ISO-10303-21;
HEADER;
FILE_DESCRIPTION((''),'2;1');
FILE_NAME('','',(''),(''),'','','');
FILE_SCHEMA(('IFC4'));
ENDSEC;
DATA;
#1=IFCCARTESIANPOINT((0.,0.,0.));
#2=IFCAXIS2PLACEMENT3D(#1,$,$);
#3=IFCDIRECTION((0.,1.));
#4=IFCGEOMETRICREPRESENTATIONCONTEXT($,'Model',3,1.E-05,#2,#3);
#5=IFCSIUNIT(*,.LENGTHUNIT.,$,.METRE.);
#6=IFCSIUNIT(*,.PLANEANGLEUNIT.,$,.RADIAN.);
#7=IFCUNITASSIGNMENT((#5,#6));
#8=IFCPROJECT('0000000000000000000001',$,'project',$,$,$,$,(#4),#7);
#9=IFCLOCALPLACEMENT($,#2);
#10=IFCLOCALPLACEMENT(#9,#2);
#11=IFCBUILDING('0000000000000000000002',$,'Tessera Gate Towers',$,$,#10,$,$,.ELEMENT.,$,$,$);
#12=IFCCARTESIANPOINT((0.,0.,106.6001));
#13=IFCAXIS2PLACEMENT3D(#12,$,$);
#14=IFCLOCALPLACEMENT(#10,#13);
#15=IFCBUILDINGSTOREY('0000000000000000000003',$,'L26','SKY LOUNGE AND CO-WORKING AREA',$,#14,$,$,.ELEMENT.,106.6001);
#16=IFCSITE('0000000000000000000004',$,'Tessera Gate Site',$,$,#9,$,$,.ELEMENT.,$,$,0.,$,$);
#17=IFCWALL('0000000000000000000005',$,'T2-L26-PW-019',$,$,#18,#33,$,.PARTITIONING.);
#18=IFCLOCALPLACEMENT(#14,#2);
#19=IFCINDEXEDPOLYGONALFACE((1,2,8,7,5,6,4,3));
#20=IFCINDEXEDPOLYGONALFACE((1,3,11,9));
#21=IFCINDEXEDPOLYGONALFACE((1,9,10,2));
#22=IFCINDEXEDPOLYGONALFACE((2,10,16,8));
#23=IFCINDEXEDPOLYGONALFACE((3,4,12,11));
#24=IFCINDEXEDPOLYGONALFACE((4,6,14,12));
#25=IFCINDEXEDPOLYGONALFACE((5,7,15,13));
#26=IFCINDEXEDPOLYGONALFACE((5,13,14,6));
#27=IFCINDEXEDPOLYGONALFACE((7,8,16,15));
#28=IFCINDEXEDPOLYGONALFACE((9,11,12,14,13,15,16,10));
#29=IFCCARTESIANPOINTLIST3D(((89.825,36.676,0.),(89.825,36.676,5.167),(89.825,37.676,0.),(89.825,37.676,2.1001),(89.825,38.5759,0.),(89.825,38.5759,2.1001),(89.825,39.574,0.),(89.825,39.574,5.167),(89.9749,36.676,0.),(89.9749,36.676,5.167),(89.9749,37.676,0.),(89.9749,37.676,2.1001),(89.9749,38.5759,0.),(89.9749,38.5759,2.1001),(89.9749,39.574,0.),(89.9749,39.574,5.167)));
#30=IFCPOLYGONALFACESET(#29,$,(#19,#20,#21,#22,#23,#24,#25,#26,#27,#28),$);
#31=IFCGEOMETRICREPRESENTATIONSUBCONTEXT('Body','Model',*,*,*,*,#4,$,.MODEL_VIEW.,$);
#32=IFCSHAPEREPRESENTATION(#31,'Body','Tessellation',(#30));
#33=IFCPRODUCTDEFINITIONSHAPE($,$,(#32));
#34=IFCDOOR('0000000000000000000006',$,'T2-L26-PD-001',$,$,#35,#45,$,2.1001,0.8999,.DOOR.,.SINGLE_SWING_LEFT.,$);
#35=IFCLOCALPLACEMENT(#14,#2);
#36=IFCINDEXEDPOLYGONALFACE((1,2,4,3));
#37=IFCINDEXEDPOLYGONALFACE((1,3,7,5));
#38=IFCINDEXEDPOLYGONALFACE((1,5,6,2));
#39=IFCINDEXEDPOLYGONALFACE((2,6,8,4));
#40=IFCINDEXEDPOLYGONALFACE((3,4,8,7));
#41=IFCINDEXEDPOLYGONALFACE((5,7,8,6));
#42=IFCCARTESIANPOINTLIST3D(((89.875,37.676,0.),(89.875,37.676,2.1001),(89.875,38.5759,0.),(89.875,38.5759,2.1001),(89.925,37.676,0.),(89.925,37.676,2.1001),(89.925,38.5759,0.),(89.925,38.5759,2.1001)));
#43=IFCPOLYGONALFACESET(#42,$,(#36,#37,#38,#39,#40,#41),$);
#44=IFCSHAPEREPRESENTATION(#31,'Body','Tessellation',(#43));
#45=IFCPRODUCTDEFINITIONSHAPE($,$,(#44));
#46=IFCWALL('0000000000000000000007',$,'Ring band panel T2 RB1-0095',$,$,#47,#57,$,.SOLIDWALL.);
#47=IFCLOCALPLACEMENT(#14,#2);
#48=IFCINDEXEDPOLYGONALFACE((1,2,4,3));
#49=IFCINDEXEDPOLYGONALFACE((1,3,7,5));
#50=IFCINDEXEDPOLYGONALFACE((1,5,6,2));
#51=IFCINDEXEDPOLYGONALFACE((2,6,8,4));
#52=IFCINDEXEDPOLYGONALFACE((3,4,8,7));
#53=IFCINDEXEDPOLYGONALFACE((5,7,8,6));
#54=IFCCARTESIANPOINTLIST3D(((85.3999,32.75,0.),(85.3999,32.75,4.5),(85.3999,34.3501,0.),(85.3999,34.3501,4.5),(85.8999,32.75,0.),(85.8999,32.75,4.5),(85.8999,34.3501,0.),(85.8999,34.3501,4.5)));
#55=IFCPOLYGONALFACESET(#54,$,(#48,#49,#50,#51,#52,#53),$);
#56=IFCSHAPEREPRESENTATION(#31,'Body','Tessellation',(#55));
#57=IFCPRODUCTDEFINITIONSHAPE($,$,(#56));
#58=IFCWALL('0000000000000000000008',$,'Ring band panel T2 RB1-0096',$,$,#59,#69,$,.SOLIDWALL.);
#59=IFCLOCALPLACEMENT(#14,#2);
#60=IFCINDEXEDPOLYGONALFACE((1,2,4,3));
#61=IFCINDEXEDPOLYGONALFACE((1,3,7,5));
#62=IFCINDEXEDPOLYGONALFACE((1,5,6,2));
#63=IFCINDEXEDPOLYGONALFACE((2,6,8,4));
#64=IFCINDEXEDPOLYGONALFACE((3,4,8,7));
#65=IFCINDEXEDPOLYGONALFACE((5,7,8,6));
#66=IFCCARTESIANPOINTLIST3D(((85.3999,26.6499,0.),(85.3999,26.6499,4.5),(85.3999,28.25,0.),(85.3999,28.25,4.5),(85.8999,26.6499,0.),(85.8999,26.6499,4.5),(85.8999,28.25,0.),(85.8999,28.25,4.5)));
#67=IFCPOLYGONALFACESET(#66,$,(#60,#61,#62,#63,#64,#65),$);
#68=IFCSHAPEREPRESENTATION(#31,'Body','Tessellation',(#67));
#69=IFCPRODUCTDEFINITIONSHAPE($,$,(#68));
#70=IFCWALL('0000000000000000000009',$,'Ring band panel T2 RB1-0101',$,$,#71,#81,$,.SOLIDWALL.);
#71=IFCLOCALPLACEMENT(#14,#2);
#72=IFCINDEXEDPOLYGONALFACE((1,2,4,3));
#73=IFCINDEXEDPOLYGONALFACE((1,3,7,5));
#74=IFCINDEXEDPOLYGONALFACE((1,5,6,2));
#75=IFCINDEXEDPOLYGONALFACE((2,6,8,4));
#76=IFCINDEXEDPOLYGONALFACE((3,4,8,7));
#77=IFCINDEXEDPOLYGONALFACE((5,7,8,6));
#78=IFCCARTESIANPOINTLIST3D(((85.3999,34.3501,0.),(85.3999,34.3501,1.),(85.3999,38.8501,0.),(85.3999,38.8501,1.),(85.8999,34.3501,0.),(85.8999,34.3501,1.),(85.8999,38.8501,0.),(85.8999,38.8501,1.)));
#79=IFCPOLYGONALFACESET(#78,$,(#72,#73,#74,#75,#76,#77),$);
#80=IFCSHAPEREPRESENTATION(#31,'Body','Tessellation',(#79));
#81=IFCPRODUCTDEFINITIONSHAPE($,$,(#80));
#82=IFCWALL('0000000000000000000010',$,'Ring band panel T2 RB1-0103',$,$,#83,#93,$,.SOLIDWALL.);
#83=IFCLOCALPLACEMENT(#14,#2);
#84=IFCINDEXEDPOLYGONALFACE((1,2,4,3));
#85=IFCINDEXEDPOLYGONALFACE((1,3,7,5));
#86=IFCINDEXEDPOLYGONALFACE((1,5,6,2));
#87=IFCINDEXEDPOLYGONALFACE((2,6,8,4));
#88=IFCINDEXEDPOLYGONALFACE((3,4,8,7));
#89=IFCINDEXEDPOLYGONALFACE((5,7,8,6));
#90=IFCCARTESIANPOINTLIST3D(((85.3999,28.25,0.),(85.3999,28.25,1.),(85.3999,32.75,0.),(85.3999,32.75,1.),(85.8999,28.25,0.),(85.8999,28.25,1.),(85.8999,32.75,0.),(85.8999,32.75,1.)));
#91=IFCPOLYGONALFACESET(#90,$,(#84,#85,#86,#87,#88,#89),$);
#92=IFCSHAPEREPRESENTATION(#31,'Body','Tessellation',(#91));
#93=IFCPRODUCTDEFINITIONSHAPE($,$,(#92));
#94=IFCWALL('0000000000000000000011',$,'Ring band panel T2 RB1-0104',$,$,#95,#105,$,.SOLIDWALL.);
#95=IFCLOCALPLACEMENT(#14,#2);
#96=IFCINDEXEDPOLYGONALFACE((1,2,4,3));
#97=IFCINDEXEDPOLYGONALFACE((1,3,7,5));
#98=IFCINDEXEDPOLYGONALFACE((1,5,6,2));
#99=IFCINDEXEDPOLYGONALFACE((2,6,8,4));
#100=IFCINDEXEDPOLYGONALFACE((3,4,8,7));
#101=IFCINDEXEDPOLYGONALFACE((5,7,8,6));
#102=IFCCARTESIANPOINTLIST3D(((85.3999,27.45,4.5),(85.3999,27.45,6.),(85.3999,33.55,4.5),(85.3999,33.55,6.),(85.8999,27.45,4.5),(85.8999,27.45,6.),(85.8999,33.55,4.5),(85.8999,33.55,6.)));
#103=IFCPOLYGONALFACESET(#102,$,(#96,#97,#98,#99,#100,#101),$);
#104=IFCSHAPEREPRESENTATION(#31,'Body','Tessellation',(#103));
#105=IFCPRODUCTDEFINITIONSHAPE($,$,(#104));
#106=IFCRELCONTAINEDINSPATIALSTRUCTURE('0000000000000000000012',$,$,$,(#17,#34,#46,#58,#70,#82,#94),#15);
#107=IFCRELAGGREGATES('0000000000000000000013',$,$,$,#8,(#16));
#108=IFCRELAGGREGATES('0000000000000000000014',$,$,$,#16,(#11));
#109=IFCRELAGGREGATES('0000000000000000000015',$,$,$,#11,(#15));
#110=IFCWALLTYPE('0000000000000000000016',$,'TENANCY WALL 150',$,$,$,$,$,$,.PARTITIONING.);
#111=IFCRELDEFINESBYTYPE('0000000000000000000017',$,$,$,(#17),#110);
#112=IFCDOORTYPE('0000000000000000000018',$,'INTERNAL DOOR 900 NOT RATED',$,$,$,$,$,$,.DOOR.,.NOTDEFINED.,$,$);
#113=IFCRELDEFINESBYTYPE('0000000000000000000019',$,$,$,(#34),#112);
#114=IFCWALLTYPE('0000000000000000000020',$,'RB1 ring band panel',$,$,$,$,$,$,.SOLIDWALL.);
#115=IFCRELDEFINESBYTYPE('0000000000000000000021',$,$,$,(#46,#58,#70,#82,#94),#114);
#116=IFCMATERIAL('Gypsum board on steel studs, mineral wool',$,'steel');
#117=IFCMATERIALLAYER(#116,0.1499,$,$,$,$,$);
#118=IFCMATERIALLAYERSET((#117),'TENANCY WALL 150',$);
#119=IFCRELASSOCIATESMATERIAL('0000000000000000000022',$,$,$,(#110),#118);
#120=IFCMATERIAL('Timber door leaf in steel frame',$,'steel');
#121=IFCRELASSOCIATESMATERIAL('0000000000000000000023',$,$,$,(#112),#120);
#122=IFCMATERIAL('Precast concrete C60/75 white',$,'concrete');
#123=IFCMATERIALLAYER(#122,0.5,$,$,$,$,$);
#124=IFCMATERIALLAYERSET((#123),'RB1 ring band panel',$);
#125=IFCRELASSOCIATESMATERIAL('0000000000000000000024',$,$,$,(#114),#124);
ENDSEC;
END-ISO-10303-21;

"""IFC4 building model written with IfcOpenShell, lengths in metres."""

from ifc_helpers import new_model, si_unit, direction, frame, frame_2d, origin, place, context, subcontext, project, spatial, polyline, rectangle, outline, extrude, source, transform, mapped, material, layer, layer_set, type_object, element, fill, save


model = new_model("IFC4")

# Units and contexts
model_context = context("Model", 3, precision=1e-05, world=origin(), true_north=direction((0.0, 1.0)))
body_context = subcontext(model_context, "Body", "Model", "MODEL_VIEW")
ifc_project = project(units=[si_unit("LENGTHUNIT", "METRE"), si_unit("PLANEANGLEUNIT", "RADIAN")], contexts=[model_context])

# Site, building, storey
site_placement = place(None, origin())
site = spatial("IfcSite", under=ifc_project, at=site_placement, Name="Tessera Gate Site", CompositionType="ELEMENT", RefElevation=0.0)
building_placement = place(site_placement, origin())
building = spatial("IfcBuilding", under=site, at=building_placement, Name="Tessera Gate Towers", CompositionType="ELEMENT")
storey_placement = place(building_placement, frame((0.0, 0.0, 106.6001)))
storey = spatial("IfcBuildingStorey", under=building, at=storey_placement, Name="L26", Description="SKY LOUNGE AND CO-WORKING AREA", CompositionType="ELEMENT", Elevation=106.6001)

# Wall, opening, door
ifc_material_1 = material(Name="Gypsum board on steel studs, mineral wool", Category="steel")
ifc_layer_1 = layer(ifc_material_1, 0.1499)
ifc_layer_set_1 = layer_set([ifc_layer_1], Name="TENANCY WALL 150")
wall_type_1 = type_object("IfcWallType", Name="TENANCY WALL 150", PredefinedType="PARTITIONING", material=ifc_layer_set_1)
wall_1_placement = place(storey_placement, frame((89.8999, 36.676, 0.0), z_axis=(0.0, 0.0, 1.0), x_axis=(0.0, 1.0, 0.0)))
wall_1 = element("IfcWall", 1, at=wall_1_placement, inside=storey, type_object=wall_type_1, Name="T2-L26-PW-019", PredefinedType="PARTITIONING", context=body_context, shape_type="SweptSolid", body=[
    extrude(rectangle(XDim=2.8979, YDim=0.1499, at=frame_2d((1.449, 0.0))), origin(), (0.0, 0.0, 1.0), 5.167),
])
shared_shape_1 = source(origin(), body_context, "Body", "SweptSolid", [
    extrude(rectangle(XDim=0.8999, YDim=2.1001, at=frame_2d((0.45, 1.05))), frame((0.0, 0.085, 0.0), z_axis=(0.0, -1.0, 0.0), x_axis=(1.0, 0.0, 0.0)), (0.0, 0.0, 1.0), 0.1699),
])
opening_placement = place(wall_1_placement, frame((1.0, 0.0, 0.0)))
opening = element("IfcOpeningElement", 2, at=opening_placement, cuts=wall_1, PredefinedType="OPENING", context=body_context, shape_type="MappedRepresentation", body=[
    mapped(shared_shape_1, transform((0.0, 0.0, 0.0), scale=1.0)),
])
ifc_material_2 = material(Name="Timber door leaf in steel frame", Category="steel")
door_type = type_object("IfcDoorType", Name="INTERNAL DOOR 900 NOT RATED", OperationType="NOTDEFINED", PredefinedType="DOOR", material=ifc_material_2)
shared_shape_2 = source(origin(), body_context, "Body", "SweptSolid", [
    extrude(rectangle(XDim=0.8999, YDim=2.1001, at=frame_2d((0.45, 1.05))), frame((0.0, 0.0249, 0.0), z_axis=(0.0, -1.0, 0.0), x_axis=(1.0, 0.0, 0.0)), (0.0, 0.0, 1.0), 0.05),
])
door_placement = place(opening_placement, origin())
door = element("IfcDoor", 3, at=door_placement, inside=storey, type_object=door_type, Name="T2-L26-PD-001", OperationType="SINGLE_SWING_LEFT", OverallHeight=2.1001, OverallWidth=0.8999, PredefinedType="DOOR", context=body_context, shape_type="MappedRepresentation", body=[
    mapped(shared_shape_2, transform((0.0, 0.0, 0.0), scale=1.0)),
])
fill(opening, door)

# Walls
ifc_material_3 = material(Name="Precast concrete C60/75 white", Category="concrete")
ifc_layer_2 = layer(ifc_material_3, 0.5)
ifc_layer_set_2 = layer_set([ifc_layer_2], Name="RB1 ring band panel")
wall_type_2 = type_object("IfcWallType", Name="RB1 ring band panel", PredefinedType="SOLIDWALL", material=ifc_layer_set_2)
shared_shape_3 = source(origin(), body_context, "Body", "SweptSolid", [
    extrude(outline(polyline([(0.0, 0.0), (1.6001, 0.0), (1.6001, 4.5), (0.0, 4.5), (0.0, 0.0)])), frame((0.0, 0.25, 0.0), z_axis=(0.0, -1.0, 0.0), x_axis=(1.0, 0.0, 0.0)), (0.0, 0.0, 1.0), 0.5),
])
for number, where, z_axis, x_axis, name in (
    (4, (85.6499, 34.3501, 0.0), (0.0, 0.0, 1.0), (0.0, -1.0, 0.0), "Ring band panel T2 RB1-0095"),
    (5, (85.6499, 28.25, 0.0), (0.0, 0.0, 1.0), (0.0, -1.0, 0.0), "Ring band panel T2 RB1-0096"),
):
    element("IfcWall", number, at=place(storey_placement, frame(where, z_axis=z_axis, x_axis=x_axis)), inside=storey, type_object=wall_type_2, Name=name, PredefinedType="SOLIDWALL", context=body_context, shape_type="MappedRepresentation", body=[
        mapped(shared_shape_3, transform((0.0, 0.0, 0.0), scale=1.0)),
    ])
shared_shape_4 = source(origin(), body_context, "Body", "SweptSolid", [
    extrude(outline(polyline([(0.0, 0.0), (4.5, 0.0), (4.5, 1.0), (0.0, 1.0), (0.0, 0.0)])), frame((0.0, 0.25, 0.0), z_axis=(0.0, -1.0, 0.0), x_axis=(1.0, 0.0, 0.0)), (0.0, 0.0, 1.0), 0.5),
])
for number, where, z_axis, x_axis, name in (
    (6, (85.6499, 38.8501, 0.0), (0.0, 0.0, 1.0), (0.0, -1.0, 0.0), "Ring band panel T2 RB1-0101"),
    (7, (85.6499, 32.75, 0.0), (0.0, 0.0, 1.0), (0.0, -1.0, 0.0), "Ring band panel T2 RB1-0103"),
):
    element("IfcWall", number, at=place(storey_placement, frame(where, z_axis=z_axis, x_axis=x_axis)), inside=storey, type_object=wall_type_2, Name=name, PredefinedType="SOLIDWALL", context=body_context, shape_type="MappedRepresentation", body=[
        mapped(shared_shape_4, transform((0.0, 0.0, 0.0), scale=1.0)),
    ])
shared_shape_5 = source(origin(), body_context, "Body", "SweptSolid", [
    extrude(outline(polyline([(0.0, 0.0), (6.1001, 0.0), (6.1001, 1.5), (0.0, 1.5), (0.0, 0.0)])), frame((0.0, 0.25, 0.0), z_axis=(0.0, -1.0, 0.0), x_axis=(1.0, 0.0, 0.0)), (0.0, 0.0, 1.0), 0.5),
])
wall_2_placement = place(storey_placement, frame((85.6499, 33.55, 4.5), z_axis=(0.0, 0.0, 1.0), x_axis=(0.0, -1.0, 0.0)))
element("IfcWall", 8, at=wall_2_placement, inside=storey, type_object=wall_type_2, Name="Ring band panel T2 RB1-0104", PredefinedType="SOLIDWALL", context=body_context, shape_type="MappedRepresentation", body=[
    mapped(shared_shape_5, transform((0.0, 0.0, 0.0), scale=1.0)),
])

save(model, "model.ifc")
